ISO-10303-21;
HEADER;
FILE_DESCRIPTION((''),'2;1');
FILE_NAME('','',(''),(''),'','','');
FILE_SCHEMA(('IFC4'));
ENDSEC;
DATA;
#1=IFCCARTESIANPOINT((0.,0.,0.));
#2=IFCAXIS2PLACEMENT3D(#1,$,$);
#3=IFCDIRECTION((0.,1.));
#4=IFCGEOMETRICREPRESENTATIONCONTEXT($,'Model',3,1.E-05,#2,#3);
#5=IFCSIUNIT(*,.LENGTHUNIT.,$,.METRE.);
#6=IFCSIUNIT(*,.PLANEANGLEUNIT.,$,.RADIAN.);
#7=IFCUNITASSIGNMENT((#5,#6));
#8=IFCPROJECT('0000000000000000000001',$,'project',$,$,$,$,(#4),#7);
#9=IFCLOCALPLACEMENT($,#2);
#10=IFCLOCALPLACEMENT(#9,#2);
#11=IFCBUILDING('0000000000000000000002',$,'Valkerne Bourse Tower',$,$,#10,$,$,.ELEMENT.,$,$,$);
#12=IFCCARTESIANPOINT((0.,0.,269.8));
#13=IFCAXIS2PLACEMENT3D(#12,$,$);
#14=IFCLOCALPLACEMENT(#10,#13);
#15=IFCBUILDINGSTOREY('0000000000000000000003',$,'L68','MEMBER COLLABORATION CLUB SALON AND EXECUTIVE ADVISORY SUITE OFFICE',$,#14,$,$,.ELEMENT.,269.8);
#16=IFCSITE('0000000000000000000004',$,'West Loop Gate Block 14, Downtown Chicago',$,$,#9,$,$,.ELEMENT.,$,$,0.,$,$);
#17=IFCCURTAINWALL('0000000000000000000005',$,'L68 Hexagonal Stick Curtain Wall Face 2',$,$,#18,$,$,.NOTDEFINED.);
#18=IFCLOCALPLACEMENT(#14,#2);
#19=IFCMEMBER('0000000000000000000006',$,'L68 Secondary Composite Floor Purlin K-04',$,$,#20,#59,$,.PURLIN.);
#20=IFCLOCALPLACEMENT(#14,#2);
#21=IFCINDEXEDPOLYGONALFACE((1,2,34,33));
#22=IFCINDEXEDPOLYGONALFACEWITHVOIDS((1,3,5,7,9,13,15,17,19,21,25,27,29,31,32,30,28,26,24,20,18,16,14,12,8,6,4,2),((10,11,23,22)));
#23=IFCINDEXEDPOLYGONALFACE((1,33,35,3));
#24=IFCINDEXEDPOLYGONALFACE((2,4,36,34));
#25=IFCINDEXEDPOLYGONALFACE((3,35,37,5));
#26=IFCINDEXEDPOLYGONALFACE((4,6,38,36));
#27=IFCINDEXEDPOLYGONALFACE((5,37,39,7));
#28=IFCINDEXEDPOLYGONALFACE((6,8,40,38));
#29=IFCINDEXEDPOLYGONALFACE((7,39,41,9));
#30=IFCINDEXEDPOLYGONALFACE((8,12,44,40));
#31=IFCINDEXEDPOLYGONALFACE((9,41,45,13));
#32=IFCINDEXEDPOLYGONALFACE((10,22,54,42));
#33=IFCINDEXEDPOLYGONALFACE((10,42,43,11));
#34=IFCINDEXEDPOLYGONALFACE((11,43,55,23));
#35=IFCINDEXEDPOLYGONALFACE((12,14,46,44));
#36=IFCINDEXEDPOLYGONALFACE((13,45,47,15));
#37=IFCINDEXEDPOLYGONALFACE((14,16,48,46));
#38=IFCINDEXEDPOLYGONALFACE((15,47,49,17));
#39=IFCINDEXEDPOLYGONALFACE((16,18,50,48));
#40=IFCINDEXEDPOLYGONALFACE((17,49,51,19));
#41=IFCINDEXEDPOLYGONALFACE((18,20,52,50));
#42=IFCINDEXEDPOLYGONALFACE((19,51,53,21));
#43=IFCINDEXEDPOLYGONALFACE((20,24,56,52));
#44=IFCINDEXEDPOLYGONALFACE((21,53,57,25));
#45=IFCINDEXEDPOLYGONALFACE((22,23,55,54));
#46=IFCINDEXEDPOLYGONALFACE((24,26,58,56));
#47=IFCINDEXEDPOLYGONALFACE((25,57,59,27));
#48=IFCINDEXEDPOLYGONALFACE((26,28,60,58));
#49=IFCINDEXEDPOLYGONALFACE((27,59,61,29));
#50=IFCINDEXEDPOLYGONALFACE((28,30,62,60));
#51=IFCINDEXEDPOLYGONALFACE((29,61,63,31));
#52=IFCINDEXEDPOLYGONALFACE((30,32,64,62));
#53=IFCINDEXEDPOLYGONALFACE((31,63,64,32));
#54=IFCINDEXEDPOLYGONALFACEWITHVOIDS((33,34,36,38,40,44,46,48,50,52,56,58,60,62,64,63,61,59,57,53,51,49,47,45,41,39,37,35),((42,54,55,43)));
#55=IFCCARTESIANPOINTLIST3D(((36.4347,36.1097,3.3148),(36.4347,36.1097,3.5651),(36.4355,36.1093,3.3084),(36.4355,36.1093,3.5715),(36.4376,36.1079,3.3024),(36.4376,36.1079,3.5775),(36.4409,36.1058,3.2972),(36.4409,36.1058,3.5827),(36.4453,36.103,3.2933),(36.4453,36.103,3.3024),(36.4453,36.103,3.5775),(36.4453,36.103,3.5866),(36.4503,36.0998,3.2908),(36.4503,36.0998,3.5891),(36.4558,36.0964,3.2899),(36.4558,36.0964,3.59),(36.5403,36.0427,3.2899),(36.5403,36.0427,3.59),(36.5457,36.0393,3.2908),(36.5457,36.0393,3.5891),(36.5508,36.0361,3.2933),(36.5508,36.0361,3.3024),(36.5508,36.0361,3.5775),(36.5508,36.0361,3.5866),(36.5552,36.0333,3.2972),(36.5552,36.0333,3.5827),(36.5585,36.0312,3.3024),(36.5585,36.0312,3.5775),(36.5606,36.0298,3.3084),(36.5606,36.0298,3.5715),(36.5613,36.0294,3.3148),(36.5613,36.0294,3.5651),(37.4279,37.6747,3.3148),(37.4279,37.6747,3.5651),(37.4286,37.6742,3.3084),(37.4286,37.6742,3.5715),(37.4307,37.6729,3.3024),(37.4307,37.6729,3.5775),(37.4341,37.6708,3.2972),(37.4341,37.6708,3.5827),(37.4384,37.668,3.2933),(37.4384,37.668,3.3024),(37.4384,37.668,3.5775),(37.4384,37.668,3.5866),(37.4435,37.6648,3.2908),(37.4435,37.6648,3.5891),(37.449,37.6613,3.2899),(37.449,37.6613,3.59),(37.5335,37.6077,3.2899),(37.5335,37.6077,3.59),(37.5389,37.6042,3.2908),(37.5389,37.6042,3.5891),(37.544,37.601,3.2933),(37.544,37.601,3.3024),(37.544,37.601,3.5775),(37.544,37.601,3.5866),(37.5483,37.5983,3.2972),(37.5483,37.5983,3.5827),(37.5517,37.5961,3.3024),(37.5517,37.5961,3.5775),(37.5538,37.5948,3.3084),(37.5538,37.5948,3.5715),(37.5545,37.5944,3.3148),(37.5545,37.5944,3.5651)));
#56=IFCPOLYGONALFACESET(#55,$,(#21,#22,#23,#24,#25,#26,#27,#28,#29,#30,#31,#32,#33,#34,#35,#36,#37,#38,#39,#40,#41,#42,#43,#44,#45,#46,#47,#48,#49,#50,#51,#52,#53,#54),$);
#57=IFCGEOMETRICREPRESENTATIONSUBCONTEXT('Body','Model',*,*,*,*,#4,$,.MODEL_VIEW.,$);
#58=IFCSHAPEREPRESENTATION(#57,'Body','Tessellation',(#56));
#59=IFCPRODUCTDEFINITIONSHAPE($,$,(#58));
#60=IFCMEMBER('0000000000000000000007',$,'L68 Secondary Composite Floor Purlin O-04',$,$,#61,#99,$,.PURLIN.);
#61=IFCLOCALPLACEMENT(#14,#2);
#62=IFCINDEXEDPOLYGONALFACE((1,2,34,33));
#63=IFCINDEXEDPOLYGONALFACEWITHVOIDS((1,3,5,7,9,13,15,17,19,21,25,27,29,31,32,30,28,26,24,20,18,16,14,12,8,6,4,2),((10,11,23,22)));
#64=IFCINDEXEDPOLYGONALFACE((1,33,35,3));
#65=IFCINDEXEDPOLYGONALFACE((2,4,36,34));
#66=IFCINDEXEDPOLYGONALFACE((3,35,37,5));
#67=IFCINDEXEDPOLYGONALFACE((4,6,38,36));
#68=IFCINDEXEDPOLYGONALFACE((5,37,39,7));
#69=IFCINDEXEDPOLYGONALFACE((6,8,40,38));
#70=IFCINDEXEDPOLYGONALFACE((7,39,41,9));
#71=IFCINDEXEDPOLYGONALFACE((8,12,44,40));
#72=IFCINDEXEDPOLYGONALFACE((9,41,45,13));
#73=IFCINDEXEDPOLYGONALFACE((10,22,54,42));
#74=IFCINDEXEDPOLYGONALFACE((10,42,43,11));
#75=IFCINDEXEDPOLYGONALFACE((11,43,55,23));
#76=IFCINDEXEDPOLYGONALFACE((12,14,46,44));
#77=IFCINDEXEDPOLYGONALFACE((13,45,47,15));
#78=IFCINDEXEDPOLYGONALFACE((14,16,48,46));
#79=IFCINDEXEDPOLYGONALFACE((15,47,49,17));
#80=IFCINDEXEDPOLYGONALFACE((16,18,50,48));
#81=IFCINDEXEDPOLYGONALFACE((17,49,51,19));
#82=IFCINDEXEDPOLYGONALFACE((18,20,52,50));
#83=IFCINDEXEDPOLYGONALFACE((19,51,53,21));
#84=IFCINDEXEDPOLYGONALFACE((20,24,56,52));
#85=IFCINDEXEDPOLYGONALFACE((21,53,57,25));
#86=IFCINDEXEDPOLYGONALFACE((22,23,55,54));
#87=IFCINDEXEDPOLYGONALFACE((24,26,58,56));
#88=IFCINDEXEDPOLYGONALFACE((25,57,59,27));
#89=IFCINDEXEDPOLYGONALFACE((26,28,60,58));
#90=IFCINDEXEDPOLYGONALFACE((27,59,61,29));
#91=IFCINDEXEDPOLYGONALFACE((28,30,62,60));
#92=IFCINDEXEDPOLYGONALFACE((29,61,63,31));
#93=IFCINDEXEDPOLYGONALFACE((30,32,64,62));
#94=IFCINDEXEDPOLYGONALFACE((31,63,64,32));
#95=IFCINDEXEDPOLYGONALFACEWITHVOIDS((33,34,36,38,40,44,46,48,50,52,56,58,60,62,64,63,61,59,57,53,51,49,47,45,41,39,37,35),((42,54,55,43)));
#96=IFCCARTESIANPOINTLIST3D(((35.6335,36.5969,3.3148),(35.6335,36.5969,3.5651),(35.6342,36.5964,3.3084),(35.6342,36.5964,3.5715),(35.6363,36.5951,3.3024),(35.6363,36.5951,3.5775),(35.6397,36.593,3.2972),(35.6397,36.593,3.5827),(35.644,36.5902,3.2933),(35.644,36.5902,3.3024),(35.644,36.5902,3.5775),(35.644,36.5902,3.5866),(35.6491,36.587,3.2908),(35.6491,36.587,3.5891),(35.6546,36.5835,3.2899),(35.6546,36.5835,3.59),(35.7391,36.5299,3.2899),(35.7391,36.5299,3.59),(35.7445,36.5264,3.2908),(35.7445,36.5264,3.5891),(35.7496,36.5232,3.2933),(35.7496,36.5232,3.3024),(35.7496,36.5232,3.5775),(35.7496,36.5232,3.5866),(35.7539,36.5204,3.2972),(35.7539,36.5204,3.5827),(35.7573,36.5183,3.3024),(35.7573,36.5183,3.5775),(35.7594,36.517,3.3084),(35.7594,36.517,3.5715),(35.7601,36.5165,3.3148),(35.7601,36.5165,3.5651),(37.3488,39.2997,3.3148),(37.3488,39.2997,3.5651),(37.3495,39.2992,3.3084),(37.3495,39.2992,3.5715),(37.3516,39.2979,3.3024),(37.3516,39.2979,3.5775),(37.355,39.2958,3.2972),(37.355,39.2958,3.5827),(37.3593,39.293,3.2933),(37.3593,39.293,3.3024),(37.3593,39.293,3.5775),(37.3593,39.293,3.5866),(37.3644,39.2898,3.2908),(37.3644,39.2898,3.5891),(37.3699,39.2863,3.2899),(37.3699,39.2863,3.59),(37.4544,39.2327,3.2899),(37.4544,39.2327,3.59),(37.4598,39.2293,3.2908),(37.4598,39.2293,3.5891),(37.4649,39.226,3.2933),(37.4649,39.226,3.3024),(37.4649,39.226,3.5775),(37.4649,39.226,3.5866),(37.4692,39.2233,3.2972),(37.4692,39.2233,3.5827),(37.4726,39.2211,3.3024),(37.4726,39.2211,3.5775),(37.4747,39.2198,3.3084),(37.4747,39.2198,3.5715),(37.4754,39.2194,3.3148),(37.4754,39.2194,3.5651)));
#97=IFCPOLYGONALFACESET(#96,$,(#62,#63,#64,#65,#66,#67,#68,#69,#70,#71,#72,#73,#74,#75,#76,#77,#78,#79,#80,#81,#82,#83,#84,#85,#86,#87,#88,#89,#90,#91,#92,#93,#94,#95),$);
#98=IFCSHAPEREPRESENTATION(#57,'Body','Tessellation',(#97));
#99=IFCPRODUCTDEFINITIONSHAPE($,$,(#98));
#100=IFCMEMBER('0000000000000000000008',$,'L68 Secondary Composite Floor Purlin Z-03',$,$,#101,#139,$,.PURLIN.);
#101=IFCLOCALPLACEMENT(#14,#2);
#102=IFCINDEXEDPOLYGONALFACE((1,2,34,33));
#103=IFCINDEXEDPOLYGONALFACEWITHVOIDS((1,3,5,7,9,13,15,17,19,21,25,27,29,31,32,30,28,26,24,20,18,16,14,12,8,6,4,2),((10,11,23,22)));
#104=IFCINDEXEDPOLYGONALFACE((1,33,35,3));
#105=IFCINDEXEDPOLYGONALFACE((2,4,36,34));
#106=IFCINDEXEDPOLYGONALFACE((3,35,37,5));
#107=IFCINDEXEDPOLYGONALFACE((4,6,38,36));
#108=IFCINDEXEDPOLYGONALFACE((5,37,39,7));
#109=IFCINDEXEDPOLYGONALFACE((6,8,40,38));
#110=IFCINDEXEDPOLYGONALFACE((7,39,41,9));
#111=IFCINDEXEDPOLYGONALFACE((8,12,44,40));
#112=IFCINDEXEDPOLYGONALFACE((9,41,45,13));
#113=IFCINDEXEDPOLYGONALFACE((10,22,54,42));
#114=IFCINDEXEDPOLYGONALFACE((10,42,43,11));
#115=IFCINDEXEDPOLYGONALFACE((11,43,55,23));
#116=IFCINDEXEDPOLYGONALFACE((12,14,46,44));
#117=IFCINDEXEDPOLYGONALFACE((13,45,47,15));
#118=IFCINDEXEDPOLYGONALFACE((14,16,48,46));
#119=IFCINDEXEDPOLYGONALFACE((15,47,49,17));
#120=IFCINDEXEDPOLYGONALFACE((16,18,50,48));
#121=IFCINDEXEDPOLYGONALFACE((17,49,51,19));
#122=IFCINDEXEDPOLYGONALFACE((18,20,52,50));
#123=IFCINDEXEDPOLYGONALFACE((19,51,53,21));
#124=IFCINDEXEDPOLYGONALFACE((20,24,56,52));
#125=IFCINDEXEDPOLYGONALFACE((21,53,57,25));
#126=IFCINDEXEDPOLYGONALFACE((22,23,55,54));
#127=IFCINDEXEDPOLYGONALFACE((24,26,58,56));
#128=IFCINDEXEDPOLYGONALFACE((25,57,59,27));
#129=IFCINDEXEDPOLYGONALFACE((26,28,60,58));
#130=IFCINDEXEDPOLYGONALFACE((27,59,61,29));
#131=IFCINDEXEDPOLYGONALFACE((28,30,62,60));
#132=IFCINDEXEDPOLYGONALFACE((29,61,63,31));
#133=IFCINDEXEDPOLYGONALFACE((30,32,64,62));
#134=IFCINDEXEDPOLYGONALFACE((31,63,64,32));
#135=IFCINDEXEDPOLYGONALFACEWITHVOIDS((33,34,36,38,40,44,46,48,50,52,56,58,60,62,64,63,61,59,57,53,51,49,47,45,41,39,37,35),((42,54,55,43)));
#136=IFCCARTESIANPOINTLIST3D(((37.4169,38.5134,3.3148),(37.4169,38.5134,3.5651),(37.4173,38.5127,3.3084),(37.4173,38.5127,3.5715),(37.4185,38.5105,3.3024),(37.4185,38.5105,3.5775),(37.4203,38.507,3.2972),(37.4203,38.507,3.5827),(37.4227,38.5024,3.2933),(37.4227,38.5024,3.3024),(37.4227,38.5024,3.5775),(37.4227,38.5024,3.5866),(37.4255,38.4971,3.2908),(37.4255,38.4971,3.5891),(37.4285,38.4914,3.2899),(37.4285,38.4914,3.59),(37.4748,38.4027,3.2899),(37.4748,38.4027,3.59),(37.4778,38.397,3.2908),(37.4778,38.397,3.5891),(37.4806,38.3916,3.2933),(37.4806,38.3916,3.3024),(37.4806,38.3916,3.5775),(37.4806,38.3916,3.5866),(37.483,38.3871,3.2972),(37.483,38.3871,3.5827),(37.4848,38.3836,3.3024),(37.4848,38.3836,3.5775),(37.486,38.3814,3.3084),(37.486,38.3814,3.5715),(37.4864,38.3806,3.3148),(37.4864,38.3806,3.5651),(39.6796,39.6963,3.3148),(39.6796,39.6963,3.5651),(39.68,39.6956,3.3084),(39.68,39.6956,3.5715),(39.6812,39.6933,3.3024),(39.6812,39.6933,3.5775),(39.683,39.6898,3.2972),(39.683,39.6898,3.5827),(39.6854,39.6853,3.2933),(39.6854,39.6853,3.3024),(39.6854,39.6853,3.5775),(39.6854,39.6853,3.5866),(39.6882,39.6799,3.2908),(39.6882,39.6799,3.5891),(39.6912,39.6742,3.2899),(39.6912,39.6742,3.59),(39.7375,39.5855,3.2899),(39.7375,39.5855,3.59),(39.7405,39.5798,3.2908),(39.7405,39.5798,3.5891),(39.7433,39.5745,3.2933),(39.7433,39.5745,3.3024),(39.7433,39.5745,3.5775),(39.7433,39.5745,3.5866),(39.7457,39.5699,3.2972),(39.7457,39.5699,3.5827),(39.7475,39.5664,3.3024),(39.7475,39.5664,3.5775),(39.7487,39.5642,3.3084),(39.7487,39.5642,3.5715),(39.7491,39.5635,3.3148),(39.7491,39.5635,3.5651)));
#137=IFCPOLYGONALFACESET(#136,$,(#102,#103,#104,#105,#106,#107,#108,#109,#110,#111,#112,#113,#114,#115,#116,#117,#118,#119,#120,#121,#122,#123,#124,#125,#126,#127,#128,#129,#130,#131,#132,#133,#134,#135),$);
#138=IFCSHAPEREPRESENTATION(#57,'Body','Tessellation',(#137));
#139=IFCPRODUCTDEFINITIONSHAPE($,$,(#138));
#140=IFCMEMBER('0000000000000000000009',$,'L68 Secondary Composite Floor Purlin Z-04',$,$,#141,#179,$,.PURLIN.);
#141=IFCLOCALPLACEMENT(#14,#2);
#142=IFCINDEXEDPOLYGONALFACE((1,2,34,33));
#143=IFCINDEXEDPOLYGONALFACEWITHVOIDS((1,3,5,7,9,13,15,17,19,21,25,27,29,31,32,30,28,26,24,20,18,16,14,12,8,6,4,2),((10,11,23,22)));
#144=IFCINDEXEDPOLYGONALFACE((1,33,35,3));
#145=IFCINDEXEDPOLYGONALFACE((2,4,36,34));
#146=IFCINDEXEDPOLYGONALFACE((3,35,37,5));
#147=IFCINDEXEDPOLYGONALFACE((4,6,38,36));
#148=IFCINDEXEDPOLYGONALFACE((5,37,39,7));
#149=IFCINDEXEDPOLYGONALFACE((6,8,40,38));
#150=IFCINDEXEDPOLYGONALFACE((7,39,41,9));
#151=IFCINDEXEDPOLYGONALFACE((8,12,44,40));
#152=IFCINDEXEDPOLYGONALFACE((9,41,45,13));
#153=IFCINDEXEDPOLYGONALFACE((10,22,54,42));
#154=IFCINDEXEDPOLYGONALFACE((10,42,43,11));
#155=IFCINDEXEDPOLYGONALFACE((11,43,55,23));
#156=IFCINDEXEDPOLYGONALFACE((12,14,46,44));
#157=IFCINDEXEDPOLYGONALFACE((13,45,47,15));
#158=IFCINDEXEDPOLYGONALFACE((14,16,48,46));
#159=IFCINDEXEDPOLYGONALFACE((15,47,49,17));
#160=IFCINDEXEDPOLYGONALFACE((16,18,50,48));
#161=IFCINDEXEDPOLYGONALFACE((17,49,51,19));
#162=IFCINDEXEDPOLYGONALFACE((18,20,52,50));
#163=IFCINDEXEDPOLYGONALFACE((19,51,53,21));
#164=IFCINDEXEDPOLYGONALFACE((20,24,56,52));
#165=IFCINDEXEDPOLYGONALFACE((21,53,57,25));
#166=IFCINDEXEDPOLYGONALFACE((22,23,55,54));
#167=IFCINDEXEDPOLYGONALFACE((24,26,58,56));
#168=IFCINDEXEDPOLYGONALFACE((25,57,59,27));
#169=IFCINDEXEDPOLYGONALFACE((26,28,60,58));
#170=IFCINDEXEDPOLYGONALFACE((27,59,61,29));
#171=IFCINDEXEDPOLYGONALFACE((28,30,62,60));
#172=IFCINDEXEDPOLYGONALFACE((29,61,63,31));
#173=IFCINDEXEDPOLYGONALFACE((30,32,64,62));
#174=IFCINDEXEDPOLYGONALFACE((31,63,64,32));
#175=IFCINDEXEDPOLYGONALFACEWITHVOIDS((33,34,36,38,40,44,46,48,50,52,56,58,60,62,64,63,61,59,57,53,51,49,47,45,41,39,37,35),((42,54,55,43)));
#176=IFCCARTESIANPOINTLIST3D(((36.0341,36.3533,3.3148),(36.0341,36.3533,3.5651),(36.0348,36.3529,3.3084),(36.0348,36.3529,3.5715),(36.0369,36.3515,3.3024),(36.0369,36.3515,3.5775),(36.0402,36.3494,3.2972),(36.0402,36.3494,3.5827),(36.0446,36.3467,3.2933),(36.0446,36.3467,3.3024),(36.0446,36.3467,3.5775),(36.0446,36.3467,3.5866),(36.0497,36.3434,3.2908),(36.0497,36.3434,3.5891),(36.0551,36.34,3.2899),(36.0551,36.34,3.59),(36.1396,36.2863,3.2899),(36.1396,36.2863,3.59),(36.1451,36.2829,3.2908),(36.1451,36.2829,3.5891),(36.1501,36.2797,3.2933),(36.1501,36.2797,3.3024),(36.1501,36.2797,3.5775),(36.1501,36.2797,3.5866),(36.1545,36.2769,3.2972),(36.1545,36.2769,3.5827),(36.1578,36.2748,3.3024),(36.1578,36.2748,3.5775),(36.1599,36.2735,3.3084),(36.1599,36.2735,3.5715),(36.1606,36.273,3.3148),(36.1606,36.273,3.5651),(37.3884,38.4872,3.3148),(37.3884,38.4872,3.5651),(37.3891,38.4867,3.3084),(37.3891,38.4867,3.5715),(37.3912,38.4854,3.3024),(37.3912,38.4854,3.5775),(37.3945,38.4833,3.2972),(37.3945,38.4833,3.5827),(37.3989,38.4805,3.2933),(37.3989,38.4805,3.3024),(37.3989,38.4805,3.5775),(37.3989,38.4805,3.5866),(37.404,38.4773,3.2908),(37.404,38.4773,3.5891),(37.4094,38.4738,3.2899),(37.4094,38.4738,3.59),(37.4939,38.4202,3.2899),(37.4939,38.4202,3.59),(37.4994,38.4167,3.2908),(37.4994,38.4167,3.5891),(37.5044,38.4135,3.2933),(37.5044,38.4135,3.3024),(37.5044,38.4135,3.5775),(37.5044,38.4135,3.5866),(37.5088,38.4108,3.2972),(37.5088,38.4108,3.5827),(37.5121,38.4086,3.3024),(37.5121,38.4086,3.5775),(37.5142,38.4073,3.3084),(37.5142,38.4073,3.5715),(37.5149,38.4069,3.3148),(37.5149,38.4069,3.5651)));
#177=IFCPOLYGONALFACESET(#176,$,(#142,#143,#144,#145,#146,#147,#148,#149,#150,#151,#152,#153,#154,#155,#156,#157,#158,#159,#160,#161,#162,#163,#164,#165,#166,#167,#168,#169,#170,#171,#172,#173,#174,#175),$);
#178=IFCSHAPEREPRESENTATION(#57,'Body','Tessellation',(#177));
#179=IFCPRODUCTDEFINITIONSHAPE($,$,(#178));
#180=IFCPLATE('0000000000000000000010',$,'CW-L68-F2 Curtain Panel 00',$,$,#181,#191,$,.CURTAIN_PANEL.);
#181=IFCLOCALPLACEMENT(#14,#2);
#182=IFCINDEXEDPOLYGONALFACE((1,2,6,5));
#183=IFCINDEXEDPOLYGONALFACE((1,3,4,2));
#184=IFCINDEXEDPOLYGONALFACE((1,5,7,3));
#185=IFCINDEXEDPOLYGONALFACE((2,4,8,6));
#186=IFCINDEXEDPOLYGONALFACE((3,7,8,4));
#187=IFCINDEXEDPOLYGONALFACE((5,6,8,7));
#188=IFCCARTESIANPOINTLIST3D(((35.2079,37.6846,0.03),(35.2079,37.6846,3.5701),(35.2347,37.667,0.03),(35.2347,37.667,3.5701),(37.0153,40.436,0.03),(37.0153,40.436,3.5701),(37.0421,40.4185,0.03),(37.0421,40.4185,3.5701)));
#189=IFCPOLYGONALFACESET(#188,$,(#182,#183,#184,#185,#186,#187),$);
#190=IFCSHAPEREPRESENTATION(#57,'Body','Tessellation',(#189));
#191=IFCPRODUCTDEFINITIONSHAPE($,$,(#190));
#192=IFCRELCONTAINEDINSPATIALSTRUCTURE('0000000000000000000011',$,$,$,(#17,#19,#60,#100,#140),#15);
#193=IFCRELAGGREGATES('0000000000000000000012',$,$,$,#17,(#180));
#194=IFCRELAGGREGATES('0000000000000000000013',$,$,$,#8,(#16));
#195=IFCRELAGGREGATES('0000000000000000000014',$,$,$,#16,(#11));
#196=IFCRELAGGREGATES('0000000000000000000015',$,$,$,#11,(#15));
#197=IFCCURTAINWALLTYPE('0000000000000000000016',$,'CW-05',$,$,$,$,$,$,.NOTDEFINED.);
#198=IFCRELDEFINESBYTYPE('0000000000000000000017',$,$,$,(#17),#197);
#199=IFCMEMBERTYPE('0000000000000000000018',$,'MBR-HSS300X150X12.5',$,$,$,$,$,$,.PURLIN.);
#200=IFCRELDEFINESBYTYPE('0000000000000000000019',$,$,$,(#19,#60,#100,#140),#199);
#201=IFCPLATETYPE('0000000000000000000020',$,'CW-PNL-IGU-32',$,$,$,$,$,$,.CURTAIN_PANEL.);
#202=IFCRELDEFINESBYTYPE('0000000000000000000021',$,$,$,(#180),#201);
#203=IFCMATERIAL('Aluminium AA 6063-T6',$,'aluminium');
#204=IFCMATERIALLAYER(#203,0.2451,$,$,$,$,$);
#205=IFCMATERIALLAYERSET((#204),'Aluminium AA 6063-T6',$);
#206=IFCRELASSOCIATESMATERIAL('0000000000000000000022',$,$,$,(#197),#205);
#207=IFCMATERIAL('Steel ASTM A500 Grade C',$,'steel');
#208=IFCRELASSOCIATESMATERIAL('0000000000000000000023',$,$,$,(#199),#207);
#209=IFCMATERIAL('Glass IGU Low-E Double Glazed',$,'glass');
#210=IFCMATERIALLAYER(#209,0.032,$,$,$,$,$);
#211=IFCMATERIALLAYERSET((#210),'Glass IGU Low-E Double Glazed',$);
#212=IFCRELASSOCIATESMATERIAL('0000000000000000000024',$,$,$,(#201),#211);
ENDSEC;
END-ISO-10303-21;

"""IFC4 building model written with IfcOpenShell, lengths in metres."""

from ifc_helpers import new_model, si_unit, direction, frame, origin, origin_2d, place, context, subcontext, project, spatial, rectangle, hollow_rectangle, extrude, material, layer, layer_set, material_profile, profile_set, type_object, element, aggregate, save


model = new_model("IFC4")

# Units and contexts
model_context = context("Model", 3, precision=1e-05, world=origin(), true_north=direction((0.0, 1.0)))
body_context = subcontext(model_context, "Body", "Model", "MODEL_VIEW")
ifc_project = project(units=[si_unit("LENGTHUNIT", "METRE"), si_unit("PLANEANGLEUNIT", "RADIAN")], contexts=[model_context])

# Site, building, storey
site_placement = place(None, origin())
site = spatial("IfcSite", under=ifc_project, at=site_placement, Name="West Loop Gate Block 14, Downtown Chicago", CompositionType="ELEMENT", RefElevation=0.0)
building_placement = place(site_placement, origin())
building = spatial("IfcBuilding", under=site, at=building_placement, Name="Valkerne Bourse Tower", CompositionType="ELEMENT")
storey_placement = place(building_placement, frame((0.0, 0.0, 269.8)))
storey = spatial("IfcBuildingStorey", under=building, at=storey_placement, Name="L68", Description="MEMBER COLLABORATION CLUB SALON AND EXECUTIVE ADVISORY SUITE OFFICE", CompositionType="ELEMENT", Elevation=269.8)

# Curtain wall
ifc_material_1 = material(Name="Aluminium AA 6063-T6", Category="aluminium")
ifc_layer_1 = layer(ifc_material_1, 0.2451)
ifc_layer_set_1 = layer_set([ifc_layer_1], Name="Aluminium AA 6063-T6")
curtain_wall_type = type_object("IfcCurtainWallType", Name="CW-05", PredefinedType="NOTDEFINED", material=ifc_layer_set_1)
curtain_wall_placement = place(storey_placement, origin())
curtain_wall = element("IfcCurtainWall", 1, at=curtain_wall_placement, inside=storey, type_object=curtain_wall_type, Name="L68 Hexagonal Stick Curtain Wall Face 2", PredefinedType="NOTDEFINED")

# Members
ifc_material_2 = material(Name="Steel ASTM A500 Grade C", Category="steel")
ifc_material_profile_1 = material_profile(ifc_material_2, hollow_rectangle(XDim=0.1499, YDim=0.3, WallThickness=0.0125, OuterFilletRadius=0.0249, at=origin_2d()), Name="HSS300X150X12.5")
ifc_profile_set_1 = profile_set([ifc_material_profile_1], Name="Steel ASTM A500 Grade C")
member_type_1 = type_object("IfcMemberType", Name="MBR-HSS300X150X12.5", PredefinedType="PURLIN", material=ifc_profile_set_1)
member_1_placement = place(storey_placement, frame((37.4912, 37.6345, 3.4399), z_axis=(-0.535835, -0.844323, 0.0), x_axis=(0.844323, -0.535835, 0.0)))
element("IfcMember", 2, at=member_1_placement, inside=storey, type_object=member_type_1, Name="L68 Secondary Composite Floor Purlin K-04", PredefinedType="PURLIN", context=body_context, shape_type="SweptSolid", body=[
    extrude(hollow_rectangle(XDim=0.1499, YDim=0.3, WallThickness=0.0125, OuterFilletRadius=0.0249, at=origin_2d()), origin(), (0.0, 0.0, 1.0), 1.8535),
])
member_2_placement = place(storey_placement, frame((37.4121, 39.2595, 3.4399), z_axis=(-0.535834, -0.844323, 0.0), x_axis=(0.844323, -0.535834, 0.0)))
element("IfcMember", 3, at=member_2_placement, inside=storey, type_object=member_type_1, Name="L68 Secondary Composite Floor Purlin O-04", PredefinedType="PURLIN", context=body_context, shape_type="SweptSolid", body=[
    extrude(hollow_rectangle(XDim=0.1499, YDim=0.3, WallThickness=0.0125, OuterFilletRadius=0.0249, at=origin_2d()), origin(), (0.0, 0.0, 1.0), 3.2012),
])
member_3_placement = place(storey_placement, frame((39.7144, 39.6299, 3.4399), z_axis=(-0.886211, -0.463282, 0.0), x_axis=(0.463282, -0.886211, 0.0)))
element("IfcMember", 4, at=member_3_placement, inside=storey, type_object=member_type_1, Name="L68 Secondary Composite Floor Purlin Z-03", PredefinedType="PURLIN", context=body_context, shape_type="SweptSolid", body=[
    extrude(hollow_rectangle(XDim=0.1499, YDim=0.3, WallThickness=0.0125, OuterFilletRadius=0.0249, at=origin_2d()), origin(), (0.0, 0.0, 1.0), 2.5532),
])
member_4_placement = place(storey_placement, frame((37.4517, 38.447, 3.4399), z_axis=(-0.535856, -0.844309, 0.0), x_axis=(0.844309, -0.535856, 0.0)))
element("IfcMember", 5, at=member_4_placement, inside=storey, type_object=member_type_1, Name="L68 Secondary Composite Floor Purlin Z-04", PredefinedType="PURLIN", context=body_context, shape_type="SweptSolid", body=[
    extrude(hollow_rectangle(XDim=0.1499, YDim=0.3, WallThickness=0.0125, OuterFilletRadius=0.0249, at=origin_2d()), origin(), (0.0, 0.0, 1.0), 2.5273),
])

# Plate
ifc_material_3 = material(Name="Glass IGU Low-E Double Glazed", Category="glass")
ifc_layer_2 = layer(ifc_material_3, 0.032)
ifc_layer_set_2 = layer_set([ifc_layer_2], Name="Glass IGU Low-E Double Glazed")
plate_type = type_object("IfcPlateType", Name="CW-PNL-IGU-32", PredefinedType="CURTAIN_PANEL", material=ifc_layer_set_2)
plate_placement = place(storey_placement, frame((36.125, 39.0515, 0.03), z_axis=(0.0, 0.0, 1.0), x_axis=(-0.549028, -0.835804, 0.0)))
plate = element("IfcPlate", 6, at=plate_placement, type_object=plate_type, Name="CW-L68-F2 Curtain Panel 00", PredefinedType="CURTAIN_PANEL", context=body_context, shape_type="SweptSolid", body=[
    extrude(rectangle(XDim=3.292, YDim=0.032, at=origin_2d()), origin(), (0.0, 0.0, 1.0), 3.54),
])
aggregate(curtain_wall, [plate])

save(model, "model.ifc")
